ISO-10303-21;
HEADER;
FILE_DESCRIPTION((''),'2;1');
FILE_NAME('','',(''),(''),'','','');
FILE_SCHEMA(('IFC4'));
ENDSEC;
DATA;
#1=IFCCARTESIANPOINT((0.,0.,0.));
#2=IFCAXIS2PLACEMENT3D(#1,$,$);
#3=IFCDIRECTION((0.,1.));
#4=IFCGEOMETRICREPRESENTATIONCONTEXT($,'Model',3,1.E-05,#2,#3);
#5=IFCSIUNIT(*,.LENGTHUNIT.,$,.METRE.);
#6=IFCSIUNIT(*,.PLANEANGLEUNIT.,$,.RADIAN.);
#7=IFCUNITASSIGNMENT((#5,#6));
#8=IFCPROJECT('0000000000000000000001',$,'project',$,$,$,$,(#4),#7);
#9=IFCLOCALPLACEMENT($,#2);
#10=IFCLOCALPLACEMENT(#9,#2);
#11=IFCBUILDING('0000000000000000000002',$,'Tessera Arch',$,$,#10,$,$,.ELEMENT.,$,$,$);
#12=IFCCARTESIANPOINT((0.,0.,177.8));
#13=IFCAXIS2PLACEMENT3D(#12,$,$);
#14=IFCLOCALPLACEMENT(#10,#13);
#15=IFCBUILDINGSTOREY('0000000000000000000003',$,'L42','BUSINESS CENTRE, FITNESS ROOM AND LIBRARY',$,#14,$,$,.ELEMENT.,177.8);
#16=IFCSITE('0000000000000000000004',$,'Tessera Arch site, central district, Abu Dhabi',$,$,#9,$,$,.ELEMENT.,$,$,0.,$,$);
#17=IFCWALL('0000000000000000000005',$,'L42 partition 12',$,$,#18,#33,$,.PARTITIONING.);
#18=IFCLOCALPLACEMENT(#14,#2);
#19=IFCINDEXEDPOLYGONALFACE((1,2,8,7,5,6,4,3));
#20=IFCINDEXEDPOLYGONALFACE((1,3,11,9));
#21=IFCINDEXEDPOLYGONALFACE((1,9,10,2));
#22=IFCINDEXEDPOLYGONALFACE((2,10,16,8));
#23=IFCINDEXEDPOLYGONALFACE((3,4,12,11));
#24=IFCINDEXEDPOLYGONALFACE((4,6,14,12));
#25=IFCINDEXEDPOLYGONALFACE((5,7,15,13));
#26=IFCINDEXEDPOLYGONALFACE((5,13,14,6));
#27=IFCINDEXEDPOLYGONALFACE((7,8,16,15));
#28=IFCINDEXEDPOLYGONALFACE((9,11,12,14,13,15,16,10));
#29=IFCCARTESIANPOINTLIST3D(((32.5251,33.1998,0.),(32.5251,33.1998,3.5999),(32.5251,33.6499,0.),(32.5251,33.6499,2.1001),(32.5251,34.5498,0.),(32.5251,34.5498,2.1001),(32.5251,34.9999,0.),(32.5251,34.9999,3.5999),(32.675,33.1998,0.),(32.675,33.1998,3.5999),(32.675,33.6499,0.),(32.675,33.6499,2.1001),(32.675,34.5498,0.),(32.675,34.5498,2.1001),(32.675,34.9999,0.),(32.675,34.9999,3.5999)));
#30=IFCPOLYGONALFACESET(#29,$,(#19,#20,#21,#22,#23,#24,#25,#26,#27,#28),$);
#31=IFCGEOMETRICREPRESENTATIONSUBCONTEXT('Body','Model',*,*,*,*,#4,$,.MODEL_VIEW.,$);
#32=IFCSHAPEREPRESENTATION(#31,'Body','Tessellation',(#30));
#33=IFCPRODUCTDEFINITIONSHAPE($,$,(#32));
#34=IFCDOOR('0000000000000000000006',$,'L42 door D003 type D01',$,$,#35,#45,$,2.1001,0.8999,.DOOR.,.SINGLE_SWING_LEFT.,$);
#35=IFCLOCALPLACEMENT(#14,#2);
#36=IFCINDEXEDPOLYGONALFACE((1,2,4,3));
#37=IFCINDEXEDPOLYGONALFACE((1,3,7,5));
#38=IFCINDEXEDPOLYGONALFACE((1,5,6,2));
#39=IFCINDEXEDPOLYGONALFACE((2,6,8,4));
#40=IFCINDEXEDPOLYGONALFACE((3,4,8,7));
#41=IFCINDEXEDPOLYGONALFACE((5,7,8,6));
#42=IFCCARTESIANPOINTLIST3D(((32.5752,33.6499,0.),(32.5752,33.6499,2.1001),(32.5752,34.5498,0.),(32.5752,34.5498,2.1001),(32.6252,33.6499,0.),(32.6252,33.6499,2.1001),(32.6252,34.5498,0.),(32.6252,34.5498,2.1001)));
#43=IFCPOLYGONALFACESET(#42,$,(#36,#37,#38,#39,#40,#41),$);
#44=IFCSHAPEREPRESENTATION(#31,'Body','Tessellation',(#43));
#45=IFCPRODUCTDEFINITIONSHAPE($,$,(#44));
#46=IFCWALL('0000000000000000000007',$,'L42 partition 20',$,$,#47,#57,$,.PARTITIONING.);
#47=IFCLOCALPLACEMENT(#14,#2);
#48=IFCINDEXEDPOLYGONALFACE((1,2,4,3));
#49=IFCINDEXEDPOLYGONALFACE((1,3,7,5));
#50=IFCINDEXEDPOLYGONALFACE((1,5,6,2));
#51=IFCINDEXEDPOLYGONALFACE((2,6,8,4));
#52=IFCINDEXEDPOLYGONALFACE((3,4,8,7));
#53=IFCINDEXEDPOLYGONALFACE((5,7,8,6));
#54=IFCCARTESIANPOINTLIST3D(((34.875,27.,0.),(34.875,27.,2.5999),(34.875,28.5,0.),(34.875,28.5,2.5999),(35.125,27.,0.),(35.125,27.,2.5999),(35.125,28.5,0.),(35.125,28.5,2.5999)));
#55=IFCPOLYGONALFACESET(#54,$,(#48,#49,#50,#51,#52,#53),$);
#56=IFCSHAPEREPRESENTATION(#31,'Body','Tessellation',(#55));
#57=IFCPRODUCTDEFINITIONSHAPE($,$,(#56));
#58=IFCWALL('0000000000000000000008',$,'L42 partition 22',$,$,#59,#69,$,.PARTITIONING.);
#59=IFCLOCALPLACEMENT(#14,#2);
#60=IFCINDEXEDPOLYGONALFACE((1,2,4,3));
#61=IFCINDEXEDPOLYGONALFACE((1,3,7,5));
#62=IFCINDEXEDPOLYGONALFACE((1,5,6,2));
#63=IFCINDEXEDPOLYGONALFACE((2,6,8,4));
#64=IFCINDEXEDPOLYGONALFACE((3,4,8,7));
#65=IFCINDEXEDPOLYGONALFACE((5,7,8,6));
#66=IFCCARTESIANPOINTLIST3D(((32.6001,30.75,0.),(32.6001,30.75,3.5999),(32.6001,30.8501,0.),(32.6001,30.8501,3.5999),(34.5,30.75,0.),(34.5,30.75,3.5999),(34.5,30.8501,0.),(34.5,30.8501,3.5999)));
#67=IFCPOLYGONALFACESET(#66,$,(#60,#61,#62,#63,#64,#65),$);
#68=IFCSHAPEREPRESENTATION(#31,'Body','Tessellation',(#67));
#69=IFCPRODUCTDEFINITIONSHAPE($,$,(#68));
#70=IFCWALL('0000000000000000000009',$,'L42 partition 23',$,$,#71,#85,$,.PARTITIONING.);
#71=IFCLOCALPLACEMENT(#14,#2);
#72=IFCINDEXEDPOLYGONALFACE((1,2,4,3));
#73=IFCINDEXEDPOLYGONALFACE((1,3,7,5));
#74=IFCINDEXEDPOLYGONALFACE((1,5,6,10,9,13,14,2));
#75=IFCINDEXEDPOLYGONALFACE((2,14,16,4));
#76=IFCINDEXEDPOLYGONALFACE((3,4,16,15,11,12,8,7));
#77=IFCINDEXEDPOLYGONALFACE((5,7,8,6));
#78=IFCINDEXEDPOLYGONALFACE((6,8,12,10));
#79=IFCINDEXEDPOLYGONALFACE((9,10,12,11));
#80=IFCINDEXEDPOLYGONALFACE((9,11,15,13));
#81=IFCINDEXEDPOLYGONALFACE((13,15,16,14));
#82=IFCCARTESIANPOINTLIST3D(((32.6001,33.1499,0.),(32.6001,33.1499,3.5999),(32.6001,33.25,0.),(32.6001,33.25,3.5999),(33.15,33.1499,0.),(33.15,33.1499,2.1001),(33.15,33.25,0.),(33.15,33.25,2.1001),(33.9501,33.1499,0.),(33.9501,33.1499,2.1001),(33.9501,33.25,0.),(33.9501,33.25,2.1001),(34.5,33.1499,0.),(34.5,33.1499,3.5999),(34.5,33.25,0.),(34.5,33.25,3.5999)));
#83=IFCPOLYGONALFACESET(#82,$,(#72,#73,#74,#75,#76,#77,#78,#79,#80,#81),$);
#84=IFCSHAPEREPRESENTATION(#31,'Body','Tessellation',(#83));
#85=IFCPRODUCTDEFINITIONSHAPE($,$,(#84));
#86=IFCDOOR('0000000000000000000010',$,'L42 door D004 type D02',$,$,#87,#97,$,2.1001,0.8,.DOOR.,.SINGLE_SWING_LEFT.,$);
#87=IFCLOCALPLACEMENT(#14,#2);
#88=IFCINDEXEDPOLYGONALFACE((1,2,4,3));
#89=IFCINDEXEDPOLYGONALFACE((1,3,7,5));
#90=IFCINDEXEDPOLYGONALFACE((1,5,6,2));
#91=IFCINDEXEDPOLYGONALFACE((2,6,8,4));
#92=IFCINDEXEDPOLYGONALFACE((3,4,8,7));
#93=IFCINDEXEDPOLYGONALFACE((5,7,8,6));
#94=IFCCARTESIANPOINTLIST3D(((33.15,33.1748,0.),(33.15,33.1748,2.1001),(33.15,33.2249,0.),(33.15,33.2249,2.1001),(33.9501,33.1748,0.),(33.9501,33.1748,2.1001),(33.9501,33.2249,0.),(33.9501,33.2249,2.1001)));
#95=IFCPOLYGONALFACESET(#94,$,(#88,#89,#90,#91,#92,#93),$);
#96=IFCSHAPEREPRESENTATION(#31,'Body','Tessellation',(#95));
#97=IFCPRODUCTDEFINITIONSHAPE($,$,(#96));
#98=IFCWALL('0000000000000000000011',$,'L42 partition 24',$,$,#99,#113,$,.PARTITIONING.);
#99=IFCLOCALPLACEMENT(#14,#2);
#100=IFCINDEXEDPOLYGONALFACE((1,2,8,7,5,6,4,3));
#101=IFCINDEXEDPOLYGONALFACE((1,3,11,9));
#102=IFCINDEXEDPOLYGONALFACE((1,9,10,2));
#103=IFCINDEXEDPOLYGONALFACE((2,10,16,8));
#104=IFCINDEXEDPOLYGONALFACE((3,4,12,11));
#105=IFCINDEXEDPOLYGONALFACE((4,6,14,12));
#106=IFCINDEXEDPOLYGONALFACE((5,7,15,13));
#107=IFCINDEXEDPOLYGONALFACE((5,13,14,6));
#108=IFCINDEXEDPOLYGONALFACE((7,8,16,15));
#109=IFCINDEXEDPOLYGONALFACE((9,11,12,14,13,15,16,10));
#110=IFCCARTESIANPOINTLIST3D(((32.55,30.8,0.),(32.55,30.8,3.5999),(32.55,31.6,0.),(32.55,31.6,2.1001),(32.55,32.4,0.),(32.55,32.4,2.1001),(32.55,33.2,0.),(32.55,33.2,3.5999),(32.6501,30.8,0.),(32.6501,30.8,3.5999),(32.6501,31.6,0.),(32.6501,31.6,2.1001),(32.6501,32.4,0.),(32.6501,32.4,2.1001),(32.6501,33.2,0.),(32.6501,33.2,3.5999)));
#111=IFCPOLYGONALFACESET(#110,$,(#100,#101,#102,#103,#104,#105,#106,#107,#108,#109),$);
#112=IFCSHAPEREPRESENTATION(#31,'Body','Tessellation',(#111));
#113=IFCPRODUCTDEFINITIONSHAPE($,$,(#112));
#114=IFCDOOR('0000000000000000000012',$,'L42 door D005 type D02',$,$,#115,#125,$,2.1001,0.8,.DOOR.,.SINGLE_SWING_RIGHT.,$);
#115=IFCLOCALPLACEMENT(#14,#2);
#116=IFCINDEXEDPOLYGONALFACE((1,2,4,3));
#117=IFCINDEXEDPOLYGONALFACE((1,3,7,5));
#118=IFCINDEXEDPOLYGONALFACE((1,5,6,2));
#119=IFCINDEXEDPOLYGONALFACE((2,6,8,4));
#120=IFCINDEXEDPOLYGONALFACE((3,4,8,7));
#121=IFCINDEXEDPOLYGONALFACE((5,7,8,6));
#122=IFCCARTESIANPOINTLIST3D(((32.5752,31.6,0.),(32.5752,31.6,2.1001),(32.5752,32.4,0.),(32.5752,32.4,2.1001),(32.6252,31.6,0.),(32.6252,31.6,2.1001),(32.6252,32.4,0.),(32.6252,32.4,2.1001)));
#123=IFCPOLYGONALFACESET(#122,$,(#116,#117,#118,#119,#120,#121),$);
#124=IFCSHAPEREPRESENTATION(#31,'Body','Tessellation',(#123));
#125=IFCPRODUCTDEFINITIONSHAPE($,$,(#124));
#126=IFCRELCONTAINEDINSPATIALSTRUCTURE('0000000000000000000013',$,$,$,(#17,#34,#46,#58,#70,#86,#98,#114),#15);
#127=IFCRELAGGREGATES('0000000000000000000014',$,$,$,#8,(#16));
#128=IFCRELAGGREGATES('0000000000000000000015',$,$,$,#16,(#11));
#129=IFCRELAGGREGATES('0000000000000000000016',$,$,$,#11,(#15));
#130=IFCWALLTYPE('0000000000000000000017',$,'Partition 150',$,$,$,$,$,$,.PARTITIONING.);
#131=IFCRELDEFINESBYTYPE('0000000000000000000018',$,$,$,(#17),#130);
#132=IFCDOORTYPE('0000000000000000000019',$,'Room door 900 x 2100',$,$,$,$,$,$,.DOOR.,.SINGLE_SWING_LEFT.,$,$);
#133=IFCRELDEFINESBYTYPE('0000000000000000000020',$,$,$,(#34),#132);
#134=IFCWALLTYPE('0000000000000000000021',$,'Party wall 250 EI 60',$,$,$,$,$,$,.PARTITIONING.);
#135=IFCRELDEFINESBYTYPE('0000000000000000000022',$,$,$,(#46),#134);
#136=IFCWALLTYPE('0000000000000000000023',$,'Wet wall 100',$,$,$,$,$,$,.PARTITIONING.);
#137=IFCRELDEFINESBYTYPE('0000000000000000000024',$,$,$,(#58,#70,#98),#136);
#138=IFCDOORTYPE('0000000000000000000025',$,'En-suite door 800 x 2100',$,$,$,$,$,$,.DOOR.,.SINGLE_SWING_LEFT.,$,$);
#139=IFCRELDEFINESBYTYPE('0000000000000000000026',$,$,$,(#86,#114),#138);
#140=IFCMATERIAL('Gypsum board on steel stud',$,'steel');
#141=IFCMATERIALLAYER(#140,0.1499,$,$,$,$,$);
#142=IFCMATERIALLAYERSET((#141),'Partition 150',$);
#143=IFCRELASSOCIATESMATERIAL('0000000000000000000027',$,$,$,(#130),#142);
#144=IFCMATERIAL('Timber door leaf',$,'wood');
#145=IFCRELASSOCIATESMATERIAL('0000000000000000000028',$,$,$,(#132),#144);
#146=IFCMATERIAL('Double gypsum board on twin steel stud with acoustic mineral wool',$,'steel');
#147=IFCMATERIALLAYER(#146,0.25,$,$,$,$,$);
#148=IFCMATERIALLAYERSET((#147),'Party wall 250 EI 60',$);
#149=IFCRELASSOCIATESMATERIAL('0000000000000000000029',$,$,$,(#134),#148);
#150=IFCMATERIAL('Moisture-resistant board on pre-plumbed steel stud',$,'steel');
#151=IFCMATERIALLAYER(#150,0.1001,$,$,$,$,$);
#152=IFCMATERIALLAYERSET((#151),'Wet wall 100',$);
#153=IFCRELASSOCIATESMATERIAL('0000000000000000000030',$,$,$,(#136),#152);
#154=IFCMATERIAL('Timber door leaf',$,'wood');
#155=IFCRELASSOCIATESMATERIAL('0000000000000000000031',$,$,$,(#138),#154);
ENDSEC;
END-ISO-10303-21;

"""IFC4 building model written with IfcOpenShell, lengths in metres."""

from ifc_helpers import new_model, si_unit, direction, frame, frame_2d, origin, place, context, subcontext, project, spatial, rectangle, extrude, material, layer, layer_set, type_object, element, fill, save


model = new_model("IFC4")

# Units and contexts
model_context = context("Model", 3, precision=1e-05, world=origin(), true_north=direction((0.0, 1.0)))
body_context = subcontext(model_context, "Body", "Model", "MODEL_VIEW")
ifc_project = project(units=[si_unit("LENGTHUNIT", "METRE"), si_unit("PLANEANGLEUNIT", "RADIAN")], contexts=[model_context])

# Site, building, storey
site_placement = place(None, origin())
site = spatial("IfcSite", under=ifc_project, at=site_placement, Name="Tessera Arch site, central district, Abu Dhabi", CompositionType="ELEMENT", RefElevation=0.0)
building_placement = place(site_placement, origin())
building = spatial("IfcBuilding", under=site, at=building_placement, Name="Tessera Arch", CompositionType="ELEMENT")
storey_placement = place(building_placement, frame((0.0, 0.0, 177.8)))
storey = spatial("IfcBuildingStorey", under=building, at=storey_placement, Name="L42", Description="BUSINESS CENTRE, FITNESS ROOM AND LIBRARY", CompositionType="ELEMENT", Elevation=177.8)

# Wall, opening, door
ifc_material_1 = material(Name="Gypsum board on steel stud", Category="steel")
ifc_layer_1 = layer(ifc_material_1, 0.1499)
ifc_layer_set_1 = layer_set([ifc_layer_1], Name="Partition 150")
wall_type_1 = type_object("IfcWallType", Name="Partition 150", PredefinedType="PARTITIONING", material=ifc_layer_set_1)
ifc_material_2 = material(Name="Timber door leaf", Category="wood")
door_type_1 = type_object("IfcDoorType", Name="Room door 900 x 2100", OperationType="SINGLE_SWING_LEFT", PredefinedType="DOOR", material=ifc_material_2)
wall_1_placement = place(storey_placement, frame((32.6001, 33.2, 0.0), z_axis=(0.0, 0.0, 1.0), x_axis=(0.0, 1.0, 0.0)))
wall_1 = element("IfcWall", 1, at=wall_1_placement, inside=storey, type_object=wall_type_1, Name="L42 partition 12", PredefinedType="PARTITIONING", context=body_context, shape_type="SweptSolid", body=[
    extrude(rectangle(XDim=1.8, YDim=0.1499, at=frame_2d((0.8999, 0.0))), origin(), (0.0, 0.0, 1.0), 3.5999),
])
opening_1_placement = place(wall_1_placement, frame((0.45, 0.0, 0.0)))
opening_1 = element("IfcOpeningElement", 2, at=opening_1_placement, cuts=wall_1, PredefinedType="OPENING", context=body_context, shape_type="SweptSolid", body=[
    extrude(rectangle(XDim=0.8999, YDim=2.1001, at=frame_2d((0.45, 1.05))), frame((0.0, 0.085, 0.0), z_axis=(0.0, -1.0, 0.0), x_axis=(1.0, 0.0, 0.0)), (0.0, 0.0, 1.0), 0.1699),
])
door_1_placement = place(opening_1_placement, origin())
door_1 = element("IfcDoor", 3, at=door_1_placement, inside=storey, type_object=door_type_1, Name="L42 door D003 type D01", OperationType="SINGLE_SWING_LEFT", OverallHeight=2.1001, OverallWidth=0.8999, PredefinedType="DOOR", context=body_context, shape_type="SweptSolid", body=[
    extrude(rectangle(XDim=0.8999, YDim=2.1001, at=frame_2d((0.45, 1.05))), frame((0.0, 0.0249, 0.0), z_axis=(0.0, -1.0, 0.0), x_axis=(1.0, 0.0, 0.0)), (0.0, 0.0, 1.0), 0.05),
])
fill(opening_1, door_1)

# Walls
ifc_material_3 = material(Name="Double gypsum board on twin steel stud with acoustic mineral wool", Category="steel")
ifc_layer_2 = layer(ifc_material_3, 0.25)
ifc_layer_set_2 = layer_set([ifc_layer_2], Name="Party wall 250 EI 60")
wall_type_2 = type_object("IfcWallType", Name="Party wall 250 EI 60", PredefinedType="PARTITIONING", material=ifc_layer_set_2)
wall_2_placement = place(storey_placement, frame((35.0, 27.0, 0.0), z_axis=(0.0, 0.0, 1.0), x_axis=(0.0, 1.0, 0.0)))
element("IfcWall", 4, at=wall_2_placement, inside=storey, type_object=wall_type_2, Name="L42 partition 20", PredefinedType="PARTITIONING", context=body_context, shape_type="SweptSolid", body=[
    extrude(rectangle(XDim=1.5, YDim=0.25, at=frame_2d((0.75, 0.0))), origin(), (0.0, 0.0, 1.0), 2.5999),
])
ifc_material_4 = material(Name="Moisture-resistant board on pre-plumbed steel stud", Category="steel")
ifc_layer_3 = layer(ifc_material_4, 0.1001)
ifc_layer_set_3 = layer_set([ifc_layer_3], Name="Wet wall 100")
wall_type_3 = type_object("IfcWallType", Name="Wet wall 100", PredefinedType="PARTITIONING", material=ifc_layer_set_3)
wall_3_placement = place(storey_placement, frame((32.6001, 30.8, 0.0), z_axis=(0.0, 0.0, 1.0), x_axis=(1.0, 0.0, 0.0)))
element("IfcWall", 5, at=wall_3_placement, inside=storey, type_object=wall_type_3, Name="L42 partition 22", PredefinedType="PARTITIONING", context=body_context, shape_type="SweptSolid", body=[
    extrude(rectangle(XDim=1.8999, YDim=0.1001, at=frame_2d((0.95, 0.0))), origin(), (0.0, 0.0, 1.0), 3.5999),
])

# Walls, openings, doors
wall_4_placement = place(storey_placement, frame((32.6001, 33.2, 0.0), z_axis=(0.0, 0.0, 1.0), x_axis=(1.0, 0.0, 0.0)))
wall_4 = element("IfcWall", 6, at=wall_4_placement, inside=storey, type_object=wall_type_3, Name="L42 partition 23", PredefinedType="PARTITIONING", context=body_context, shape_type="SweptSolid", body=[
    extrude(rectangle(XDim=1.8999, YDim=0.1001, at=frame_2d((0.95, 0.0))), origin(), (0.0, 0.0, 1.0), 3.5999),
])
opening_2_placement = place(wall_4_placement, frame((0.55, 0.0, 0.0)))
opening_2 = element("IfcOpeningElement", 7, at=opening_2_placement, cuts=wall_4, PredefinedType="OPENING", context=body_context, shape_type="SweptSolid", body=[
    extrude(rectangle(XDim=0.8, YDim=2.1001, at=frame_2d((0.3999, 1.05))), frame((0.0, 0.0601, 0.0), z_axis=(0.0, -1.0, 0.0), x_axis=(1.0, 0.0, 0.0)), (0.0, 0.0, 1.0), 0.1201),
])
ifc_material_5 = material(Name="Timber door leaf", Category="wood")
door_type_2 = type_object("IfcDoorType", Name="En-suite door 800 x 2100", OperationType="SINGLE_SWING_LEFT", PredefinedType="DOOR", material=ifc_material_5)
door_2_placement = place(opening_2_placement, origin())
door_2 = element("IfcDoor", 8, at=door_2_placement, inside=storey, type_object=door_type_2, Name="L42 door D004 type D02", OperationType="SINGLE_SWING_LEFT", OverallHeight=2.1001, OverallWidth=0.8, PredefinedType="DOOR", context=body_context, shape_type="SweptSolid", body=[
    extrude(rectangle(XDim=0.8, YDim=2.1001, at=frame_2d((0.3999, 1.05))), frame((0.0, 0.0249, 0.0), z_axis=(0.0, -1.0, 0.0), x_axis=(1.0, 0.0, 0.0)), (0.0, 0.0, 1.0), 0.05),
])
fill(opening_2, door_2)
wall_5_placement = place(storey_placement, frame((32.6001, 30.8, 0.0), z_axis=(0.0, 0.0, 1.0), x_axis=(0.0, 1.0, 0.0)))
wall_5 = element("IfcWall", 9, at=wall_5_placement, inside=storey, type_object=wall_type_3, Name="L42 partition 24", PredefinedType="PARTITIONING", context=body_context, shape_type="SweptSolid", body=[
    extrude(rectangle(XDim=2.3999, YDim=0.1001, at=frame_2d((1.2, 0.0))), origin(), (0.0, 0.0, 1.0), 3.5999),
])
opening_3_placement = place(wall_5_placement, frame((0.8, 0.0, 0.0)))
opening_3 = element("IfcOpeningElement", 10, at=opening_3_placement, cuts=wall_5, PredefinedType="OPENING", context=body_context, shape_type="SweptSolid", body=[
    extrude(rectangle(XDim=0.8, YDim=2.1001, at=frame_2d((0.3999, 1.05))), frame((0.0, 0.0601, 0.0), z_axis=(0.0, -1.0, 0.0), x_axis=(1.0, 0.0, 0.0)), (0.0, 0.0, 1.0), 0.1201),
])
door_3_placement = place(opening_3_placement, origin())
door_3 = element("IfcDoor", 11, at=door_3_placement, inside=storey, type_object=door_type_2, Name="L42 door D005 type D02", OperationType="SINGLE_SWING_RIGHT", OverallHeight=2.1001, OverallWidth=0.8, PredefinedType="DOOR", context=body_context, shape_type="SweptSolid", body=[
    extrude(rectangle(XDim=0.8, YDim=2.1001, at=frame_2d((0.3999, 1.05))), frame((0.0, 0.0249, 0.0), z_axis=(0.0, -1.0, 0.0), x_axis=(1.0, 0.0, 0.0)), (0.0, 0.0, 1.0), 0.05),
])
fill(opening_3, door_3)

save(model, "model.ifc")
